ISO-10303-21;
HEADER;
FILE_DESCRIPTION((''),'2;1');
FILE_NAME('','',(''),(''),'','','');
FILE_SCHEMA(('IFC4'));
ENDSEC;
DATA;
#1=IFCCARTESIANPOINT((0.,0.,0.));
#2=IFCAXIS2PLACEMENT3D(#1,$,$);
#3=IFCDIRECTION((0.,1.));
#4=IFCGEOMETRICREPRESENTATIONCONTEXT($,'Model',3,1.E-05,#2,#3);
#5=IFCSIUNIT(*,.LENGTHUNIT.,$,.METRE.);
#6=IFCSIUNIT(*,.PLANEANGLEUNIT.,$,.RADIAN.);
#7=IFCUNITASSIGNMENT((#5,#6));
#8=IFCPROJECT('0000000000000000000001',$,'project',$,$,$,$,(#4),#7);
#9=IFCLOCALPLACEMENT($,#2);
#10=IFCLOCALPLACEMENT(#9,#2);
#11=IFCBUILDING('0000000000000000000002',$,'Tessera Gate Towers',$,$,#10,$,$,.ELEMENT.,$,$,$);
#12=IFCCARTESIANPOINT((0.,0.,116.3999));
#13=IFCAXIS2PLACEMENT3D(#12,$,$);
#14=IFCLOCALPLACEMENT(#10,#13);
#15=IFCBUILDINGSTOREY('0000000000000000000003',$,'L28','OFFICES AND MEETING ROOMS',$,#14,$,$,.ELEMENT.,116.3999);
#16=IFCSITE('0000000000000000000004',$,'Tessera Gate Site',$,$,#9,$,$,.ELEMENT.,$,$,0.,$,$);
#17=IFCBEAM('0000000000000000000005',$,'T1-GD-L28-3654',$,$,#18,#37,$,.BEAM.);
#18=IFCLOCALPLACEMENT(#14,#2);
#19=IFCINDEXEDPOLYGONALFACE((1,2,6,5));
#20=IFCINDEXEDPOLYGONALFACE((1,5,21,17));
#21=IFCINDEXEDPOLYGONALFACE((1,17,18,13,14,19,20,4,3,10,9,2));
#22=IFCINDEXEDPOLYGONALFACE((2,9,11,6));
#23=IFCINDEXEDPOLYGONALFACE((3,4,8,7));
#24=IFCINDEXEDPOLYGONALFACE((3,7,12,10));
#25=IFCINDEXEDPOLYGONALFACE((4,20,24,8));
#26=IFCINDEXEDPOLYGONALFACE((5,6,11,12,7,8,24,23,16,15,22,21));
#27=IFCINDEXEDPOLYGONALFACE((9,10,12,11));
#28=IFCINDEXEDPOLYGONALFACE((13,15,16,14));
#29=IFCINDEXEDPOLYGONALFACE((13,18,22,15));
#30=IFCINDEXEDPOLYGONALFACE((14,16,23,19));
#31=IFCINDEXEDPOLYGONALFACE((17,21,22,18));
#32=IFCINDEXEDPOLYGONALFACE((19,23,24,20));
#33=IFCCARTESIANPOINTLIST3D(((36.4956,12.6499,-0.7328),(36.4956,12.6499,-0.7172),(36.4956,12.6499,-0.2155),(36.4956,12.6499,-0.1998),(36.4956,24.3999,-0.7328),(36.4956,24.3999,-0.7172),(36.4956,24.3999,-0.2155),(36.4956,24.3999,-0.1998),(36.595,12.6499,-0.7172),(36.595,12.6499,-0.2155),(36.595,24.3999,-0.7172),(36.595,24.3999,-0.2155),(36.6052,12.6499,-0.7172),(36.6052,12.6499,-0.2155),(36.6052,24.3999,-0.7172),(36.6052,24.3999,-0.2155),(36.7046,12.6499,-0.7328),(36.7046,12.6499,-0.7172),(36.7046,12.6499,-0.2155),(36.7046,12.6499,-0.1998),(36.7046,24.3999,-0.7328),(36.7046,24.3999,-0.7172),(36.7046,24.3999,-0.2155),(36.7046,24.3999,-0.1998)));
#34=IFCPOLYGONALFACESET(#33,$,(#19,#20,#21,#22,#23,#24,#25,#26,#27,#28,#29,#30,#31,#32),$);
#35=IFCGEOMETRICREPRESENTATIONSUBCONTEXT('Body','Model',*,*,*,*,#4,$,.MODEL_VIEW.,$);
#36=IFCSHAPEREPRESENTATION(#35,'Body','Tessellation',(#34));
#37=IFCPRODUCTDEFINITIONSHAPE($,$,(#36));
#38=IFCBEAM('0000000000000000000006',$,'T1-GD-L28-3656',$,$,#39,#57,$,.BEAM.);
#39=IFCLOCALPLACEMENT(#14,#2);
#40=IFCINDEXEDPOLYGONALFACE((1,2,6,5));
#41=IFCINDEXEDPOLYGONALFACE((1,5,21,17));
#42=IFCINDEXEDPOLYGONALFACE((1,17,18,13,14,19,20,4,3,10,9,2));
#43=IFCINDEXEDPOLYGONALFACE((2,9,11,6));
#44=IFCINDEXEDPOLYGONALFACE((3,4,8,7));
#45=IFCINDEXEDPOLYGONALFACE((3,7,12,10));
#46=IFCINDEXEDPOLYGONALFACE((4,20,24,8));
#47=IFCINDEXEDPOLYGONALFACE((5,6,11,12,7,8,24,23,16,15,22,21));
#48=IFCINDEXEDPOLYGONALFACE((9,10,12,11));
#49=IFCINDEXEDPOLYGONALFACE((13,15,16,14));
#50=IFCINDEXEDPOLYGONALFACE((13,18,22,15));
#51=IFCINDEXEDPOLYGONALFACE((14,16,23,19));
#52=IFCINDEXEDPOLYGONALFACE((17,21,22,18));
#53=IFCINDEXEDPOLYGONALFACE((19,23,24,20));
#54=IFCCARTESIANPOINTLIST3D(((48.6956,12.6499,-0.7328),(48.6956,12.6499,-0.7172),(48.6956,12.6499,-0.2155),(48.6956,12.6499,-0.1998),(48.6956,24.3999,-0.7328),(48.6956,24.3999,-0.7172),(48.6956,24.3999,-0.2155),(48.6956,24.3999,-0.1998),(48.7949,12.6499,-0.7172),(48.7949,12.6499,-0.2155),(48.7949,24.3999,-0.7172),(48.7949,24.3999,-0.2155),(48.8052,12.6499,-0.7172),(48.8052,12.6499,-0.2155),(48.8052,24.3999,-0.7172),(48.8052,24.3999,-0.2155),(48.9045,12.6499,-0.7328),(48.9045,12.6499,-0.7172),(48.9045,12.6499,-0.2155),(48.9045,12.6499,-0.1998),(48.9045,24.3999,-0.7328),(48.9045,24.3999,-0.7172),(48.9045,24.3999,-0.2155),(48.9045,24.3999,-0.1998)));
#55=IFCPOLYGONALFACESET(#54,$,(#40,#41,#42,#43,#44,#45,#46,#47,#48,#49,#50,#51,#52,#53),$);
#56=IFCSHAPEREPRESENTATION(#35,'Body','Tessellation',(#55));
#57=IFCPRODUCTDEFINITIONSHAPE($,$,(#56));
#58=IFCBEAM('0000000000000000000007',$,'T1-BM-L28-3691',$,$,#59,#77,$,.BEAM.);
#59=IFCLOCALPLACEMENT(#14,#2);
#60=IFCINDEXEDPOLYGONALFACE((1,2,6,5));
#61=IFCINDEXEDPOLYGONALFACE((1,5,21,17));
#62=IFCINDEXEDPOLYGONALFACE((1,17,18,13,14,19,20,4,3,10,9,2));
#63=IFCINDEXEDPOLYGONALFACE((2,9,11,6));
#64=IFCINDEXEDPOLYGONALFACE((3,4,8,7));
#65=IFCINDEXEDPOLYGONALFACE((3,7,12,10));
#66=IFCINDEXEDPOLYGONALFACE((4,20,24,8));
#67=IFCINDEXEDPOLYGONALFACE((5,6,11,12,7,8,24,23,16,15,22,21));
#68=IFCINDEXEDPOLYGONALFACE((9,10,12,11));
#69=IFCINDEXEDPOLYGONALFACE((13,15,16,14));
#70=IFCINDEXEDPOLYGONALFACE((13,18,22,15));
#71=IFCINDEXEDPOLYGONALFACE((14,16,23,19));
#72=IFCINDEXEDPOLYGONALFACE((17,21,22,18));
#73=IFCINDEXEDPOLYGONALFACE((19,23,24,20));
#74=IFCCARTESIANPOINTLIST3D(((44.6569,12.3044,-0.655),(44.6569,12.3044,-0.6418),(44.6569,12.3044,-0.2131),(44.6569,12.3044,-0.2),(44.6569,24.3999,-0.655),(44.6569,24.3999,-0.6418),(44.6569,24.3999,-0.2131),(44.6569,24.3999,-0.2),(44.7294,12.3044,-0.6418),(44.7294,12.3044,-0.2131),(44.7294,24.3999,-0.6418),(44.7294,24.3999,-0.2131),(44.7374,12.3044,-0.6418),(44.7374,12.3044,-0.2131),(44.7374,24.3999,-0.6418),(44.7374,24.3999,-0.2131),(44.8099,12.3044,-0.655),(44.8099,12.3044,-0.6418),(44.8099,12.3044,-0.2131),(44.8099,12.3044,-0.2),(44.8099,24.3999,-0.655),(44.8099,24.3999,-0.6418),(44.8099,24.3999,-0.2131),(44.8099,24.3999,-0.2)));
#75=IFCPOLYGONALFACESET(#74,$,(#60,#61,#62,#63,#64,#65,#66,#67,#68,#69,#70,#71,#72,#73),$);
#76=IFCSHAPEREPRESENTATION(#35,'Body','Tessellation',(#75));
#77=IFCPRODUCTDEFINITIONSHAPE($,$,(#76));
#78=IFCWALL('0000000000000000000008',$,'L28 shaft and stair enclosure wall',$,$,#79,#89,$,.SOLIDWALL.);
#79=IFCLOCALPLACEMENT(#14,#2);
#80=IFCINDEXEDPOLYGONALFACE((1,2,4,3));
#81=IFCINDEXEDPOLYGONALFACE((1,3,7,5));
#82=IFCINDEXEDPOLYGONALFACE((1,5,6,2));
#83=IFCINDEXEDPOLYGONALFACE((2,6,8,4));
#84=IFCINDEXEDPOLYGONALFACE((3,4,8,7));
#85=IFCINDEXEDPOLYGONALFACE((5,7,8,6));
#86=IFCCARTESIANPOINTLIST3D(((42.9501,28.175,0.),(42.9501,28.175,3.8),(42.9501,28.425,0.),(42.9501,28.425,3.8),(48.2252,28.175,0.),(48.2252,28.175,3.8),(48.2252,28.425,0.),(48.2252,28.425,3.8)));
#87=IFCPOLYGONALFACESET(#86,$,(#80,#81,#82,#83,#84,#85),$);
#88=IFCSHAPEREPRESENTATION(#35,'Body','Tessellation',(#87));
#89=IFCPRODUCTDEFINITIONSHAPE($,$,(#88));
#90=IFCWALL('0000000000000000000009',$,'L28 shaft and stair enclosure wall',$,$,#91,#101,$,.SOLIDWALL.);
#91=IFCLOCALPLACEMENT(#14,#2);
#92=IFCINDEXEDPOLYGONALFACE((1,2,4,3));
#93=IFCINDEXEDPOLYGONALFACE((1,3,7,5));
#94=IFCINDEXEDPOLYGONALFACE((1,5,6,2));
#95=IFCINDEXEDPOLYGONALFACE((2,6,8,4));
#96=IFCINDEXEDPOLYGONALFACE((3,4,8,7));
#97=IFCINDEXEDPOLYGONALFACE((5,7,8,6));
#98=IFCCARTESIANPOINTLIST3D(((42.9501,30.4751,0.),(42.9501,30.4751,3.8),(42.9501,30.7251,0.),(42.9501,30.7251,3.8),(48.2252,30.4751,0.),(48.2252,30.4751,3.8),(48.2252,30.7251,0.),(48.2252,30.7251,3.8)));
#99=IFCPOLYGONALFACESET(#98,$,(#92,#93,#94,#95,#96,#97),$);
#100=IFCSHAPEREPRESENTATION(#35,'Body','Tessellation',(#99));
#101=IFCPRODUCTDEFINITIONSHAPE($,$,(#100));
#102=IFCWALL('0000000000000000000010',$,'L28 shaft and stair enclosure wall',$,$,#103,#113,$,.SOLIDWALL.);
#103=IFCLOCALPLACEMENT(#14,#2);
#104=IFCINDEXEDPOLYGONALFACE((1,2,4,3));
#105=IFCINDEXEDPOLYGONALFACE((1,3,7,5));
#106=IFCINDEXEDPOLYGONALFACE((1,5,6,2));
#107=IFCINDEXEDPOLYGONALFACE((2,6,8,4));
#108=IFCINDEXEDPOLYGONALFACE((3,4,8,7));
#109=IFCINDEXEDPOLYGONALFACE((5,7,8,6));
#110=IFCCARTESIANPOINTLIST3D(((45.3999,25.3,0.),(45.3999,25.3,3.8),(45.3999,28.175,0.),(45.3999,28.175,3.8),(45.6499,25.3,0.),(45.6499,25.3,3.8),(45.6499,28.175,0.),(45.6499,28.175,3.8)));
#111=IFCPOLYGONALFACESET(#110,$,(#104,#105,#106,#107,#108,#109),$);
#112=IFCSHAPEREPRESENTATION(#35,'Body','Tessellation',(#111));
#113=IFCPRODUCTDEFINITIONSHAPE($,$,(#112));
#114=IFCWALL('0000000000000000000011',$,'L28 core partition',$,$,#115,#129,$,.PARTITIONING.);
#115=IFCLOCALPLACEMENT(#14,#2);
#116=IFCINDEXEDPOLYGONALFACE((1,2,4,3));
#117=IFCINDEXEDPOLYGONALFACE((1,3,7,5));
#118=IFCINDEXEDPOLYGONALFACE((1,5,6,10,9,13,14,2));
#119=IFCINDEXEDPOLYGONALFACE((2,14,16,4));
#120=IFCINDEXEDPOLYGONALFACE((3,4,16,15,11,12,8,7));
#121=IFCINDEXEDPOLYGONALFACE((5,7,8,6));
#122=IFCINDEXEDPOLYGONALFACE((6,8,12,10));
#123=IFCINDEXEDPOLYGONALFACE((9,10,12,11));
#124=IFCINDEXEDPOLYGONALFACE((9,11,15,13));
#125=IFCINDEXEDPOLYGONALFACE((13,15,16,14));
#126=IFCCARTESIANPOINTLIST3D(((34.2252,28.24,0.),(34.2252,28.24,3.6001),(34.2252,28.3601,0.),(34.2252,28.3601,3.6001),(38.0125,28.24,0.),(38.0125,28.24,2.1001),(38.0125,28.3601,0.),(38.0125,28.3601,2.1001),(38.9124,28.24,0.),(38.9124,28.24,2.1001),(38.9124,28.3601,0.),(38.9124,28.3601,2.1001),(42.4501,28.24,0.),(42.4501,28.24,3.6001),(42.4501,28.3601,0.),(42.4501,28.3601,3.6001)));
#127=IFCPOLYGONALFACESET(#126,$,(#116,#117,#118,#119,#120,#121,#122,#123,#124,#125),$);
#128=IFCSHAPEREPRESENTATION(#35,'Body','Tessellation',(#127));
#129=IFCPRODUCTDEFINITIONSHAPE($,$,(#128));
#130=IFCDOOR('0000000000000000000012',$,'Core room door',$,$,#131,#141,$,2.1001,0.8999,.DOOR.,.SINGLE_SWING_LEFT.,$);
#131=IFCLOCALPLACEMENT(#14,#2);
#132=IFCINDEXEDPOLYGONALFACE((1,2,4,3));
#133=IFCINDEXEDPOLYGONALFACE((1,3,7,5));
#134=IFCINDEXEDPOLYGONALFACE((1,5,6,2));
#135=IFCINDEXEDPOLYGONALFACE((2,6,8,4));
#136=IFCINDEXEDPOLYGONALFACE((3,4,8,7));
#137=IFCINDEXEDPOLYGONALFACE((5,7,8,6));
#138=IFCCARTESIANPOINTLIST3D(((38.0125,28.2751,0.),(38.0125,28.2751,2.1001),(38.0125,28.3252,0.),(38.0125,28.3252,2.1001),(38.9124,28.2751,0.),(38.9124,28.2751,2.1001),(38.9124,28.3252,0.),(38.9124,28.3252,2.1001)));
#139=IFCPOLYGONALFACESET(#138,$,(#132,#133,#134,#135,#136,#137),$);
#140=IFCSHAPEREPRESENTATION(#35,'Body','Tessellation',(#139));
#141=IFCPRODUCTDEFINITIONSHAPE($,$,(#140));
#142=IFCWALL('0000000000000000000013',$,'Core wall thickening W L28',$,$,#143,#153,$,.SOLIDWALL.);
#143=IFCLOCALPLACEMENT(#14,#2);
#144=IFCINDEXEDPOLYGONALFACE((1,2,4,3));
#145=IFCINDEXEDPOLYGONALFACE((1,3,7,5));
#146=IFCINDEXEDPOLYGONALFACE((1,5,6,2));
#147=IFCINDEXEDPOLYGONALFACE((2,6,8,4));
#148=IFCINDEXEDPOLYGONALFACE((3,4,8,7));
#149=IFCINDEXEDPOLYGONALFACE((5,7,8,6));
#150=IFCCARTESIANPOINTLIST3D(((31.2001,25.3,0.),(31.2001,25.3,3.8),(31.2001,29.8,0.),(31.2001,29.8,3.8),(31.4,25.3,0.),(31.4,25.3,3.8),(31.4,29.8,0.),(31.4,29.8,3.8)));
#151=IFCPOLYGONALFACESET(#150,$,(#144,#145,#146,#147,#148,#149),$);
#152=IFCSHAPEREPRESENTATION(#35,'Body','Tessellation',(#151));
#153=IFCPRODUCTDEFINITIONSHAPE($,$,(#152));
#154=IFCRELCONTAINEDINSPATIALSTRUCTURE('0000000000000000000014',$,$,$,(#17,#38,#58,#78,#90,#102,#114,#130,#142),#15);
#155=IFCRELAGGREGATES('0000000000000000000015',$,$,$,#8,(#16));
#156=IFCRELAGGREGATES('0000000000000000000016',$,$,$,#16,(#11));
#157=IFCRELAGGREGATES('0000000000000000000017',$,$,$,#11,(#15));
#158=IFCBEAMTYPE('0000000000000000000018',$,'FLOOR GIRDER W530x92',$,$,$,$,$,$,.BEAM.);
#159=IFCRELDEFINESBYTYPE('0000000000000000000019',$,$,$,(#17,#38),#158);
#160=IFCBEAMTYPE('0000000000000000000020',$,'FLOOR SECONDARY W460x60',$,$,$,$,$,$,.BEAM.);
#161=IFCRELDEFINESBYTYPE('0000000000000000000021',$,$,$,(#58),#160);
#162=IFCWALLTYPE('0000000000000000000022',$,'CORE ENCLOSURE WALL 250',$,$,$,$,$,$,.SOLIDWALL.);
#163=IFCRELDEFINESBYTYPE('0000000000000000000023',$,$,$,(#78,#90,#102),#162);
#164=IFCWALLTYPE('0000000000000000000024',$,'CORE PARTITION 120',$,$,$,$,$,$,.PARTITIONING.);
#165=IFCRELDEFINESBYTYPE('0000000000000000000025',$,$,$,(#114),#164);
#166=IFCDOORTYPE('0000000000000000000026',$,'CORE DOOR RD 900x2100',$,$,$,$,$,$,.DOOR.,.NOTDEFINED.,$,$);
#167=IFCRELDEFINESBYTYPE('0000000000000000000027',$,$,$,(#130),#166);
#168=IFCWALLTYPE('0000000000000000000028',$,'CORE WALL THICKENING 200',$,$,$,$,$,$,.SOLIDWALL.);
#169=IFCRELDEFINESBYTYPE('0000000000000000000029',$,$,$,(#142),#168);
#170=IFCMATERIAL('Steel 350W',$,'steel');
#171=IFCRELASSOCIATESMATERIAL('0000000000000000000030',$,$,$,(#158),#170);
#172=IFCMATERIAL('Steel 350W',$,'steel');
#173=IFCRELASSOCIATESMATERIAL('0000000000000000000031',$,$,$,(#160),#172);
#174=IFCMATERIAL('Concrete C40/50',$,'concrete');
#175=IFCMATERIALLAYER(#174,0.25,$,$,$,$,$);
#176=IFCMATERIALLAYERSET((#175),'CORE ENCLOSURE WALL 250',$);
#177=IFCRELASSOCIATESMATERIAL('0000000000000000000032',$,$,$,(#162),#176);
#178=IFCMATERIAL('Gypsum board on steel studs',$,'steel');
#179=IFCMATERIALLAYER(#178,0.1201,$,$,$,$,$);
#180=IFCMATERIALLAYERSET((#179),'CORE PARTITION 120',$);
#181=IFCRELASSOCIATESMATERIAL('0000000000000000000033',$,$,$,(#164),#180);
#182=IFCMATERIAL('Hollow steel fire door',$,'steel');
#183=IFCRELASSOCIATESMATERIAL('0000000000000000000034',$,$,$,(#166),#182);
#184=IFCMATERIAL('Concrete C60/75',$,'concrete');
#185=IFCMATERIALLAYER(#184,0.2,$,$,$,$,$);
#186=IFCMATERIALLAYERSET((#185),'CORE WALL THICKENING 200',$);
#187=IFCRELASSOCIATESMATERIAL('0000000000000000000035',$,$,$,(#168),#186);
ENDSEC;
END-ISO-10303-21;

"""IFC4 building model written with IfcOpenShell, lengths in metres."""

from ifc_helpers import new_model, si_unit, direction, frame, frame_2d, origin, origin_2d, place, context, subcontext, project, spatial, rectangle, i_section, extrude, source, transform, mapped, material, layer, layer_set, material_profile, profile_set, type_object, element, fill, save


model = new_model("IFC4")

# Units and contexts
model_context = context("Model", 3, precision=1e-05, world=origin(), true_north=direction((0.0, 1.0)))
body_context = subcontext(model_context, "Body", "Model", "MODEL_VIEW")
ifc_project = project(units=[si_unit("LENGTHUNIT", "METRE"), si_unit("PLANEANGLEUNIT", "RADIAN")], contexts=[model_context])

# Site, building, storey
site_placement = place(None, origin())
site = spatial("IfcSite", under=ifc_project, at=site_placement, Name="Tessera Gate Site", CompositionType="ELEMENT", RefElevation=0.0)
building_placement = place(site_placement, origin())
building = spatial("IfcBuilding", under=site, at=building_placement, Name="Tessera Gate Towers", CompositionType="ELEMENT")
storey_placement = place(building_placement, frame((0.0, 0.0, 116.3999)))
storey = spatial("IfcBuildingStorey", under=building, at=storey_placement, Name="L28", Description="OFFICES AND MEETING ROOMS", CompositionType="ELEMENT", Elevation=116.3999)

# Beams
ifc_material_1 = material(Name="Steel 350W", Category="steel")
ifc_material_profile_1 = material_profile(ifc_material_1, i_section(OverallWidth=0.209, OverallDepth=0.533, WebThickness=0.0103, FlangeThickness=0.0156, at=origin_2d()), Name="W530x92")
ifc_profile_set_1 = profile_set([ifc_material_profile_1], Name="Steel 350W")
beam_type_1 = type_object("IfcBeamType", Name="FLOOR GIRDER W530x92", PredefinedType="BEAM", material=ifc_profile_set_1)
for number, where, z_axis, x_axis, name in (
    (1, (36.6001, 12.6499, -0.4663), (0.0, 1.0, 0.0), (-1.0, 0.0, 0.0), "T1-GD-L28-3654"),
    (2, (48.8, 12.6499, -0.4663), (0.0, 1.0, 0.0), (-1.0, 0.0, 0.0), "T1-GD-L28-3656"),
):
    element("IfcBeam", number, at=place(storey_placement, frame(where, z_axis=z_axis, x_axis=x_axis)), inside=storey, type_object=beam_type_1, Name=name, PredefinedType="BEAM", context=body_context, shape_type="SweptSolid", body=[
        extrude(i_section(OverallWidth=0.209, OverallDepth=0.533, WebThickness=0.0103, FlangeThickness=0.0156, at=origin_2d()), origin(), (0.0, 0.0, 1.0), 11.75),
    ])
ifc_material_2 = material(Name="Steel 350W", Category="steel")
ifc_material_profile_2 = material_profile(ifc_material_2, i_section(OverallWidth=0.1531, OverallDepth=0.4551, WebThickness=0.0081, FlangeThickness=0.0132, at=origin_2d()), Name="W460x60")
ifc_profile_set_2 = profile_set([ifc_material_profile_2], Name="Steel 350W")
beam_type_2 = type_object("IfcBeamType", Name="FLOOR SECONDARY W460x60", PredefinedType="BEAM", material=ifc_profile_set_2)
beam_placement = place(storey_placement, frame((44.7334, 12.3044, -0.4275), z_axis=(0.0, 1.0, 0.0), x_axis=(-1.0, 0.0, 0.0)))
element("IfcBeam", 3, at=beam_placement, inside=storey, type_object=beam_type_2, Name="T1-BM-L28-3691", PredefinedType="BEAM", context=body_context, shape_type="SweptSolid", body=[
    extrude(i_section(OverallWidth=0.1531, OverallDepth=0.4551, WebThickness=0.0081, FlangeThickness=0.0132, at=origin_2d()), origin(), (0.0, 0.0, 1.0), 12.0955),
])

# Walls
ifc_material_3 = material(Name="Concrete C40/50", Category="concrete")
ifc_layer_1 = layer(ifc_material_3, 0.25)
ifc_layer_set_1 = layer_set([ifc_layer_1], Name="CORE ENCLOSURE WALL 250")
wall_type_1 = type_object("IfcWallType", Name="CORE ENCLOSURE WALL 250", PredefinedType="SOLIDWALL", material=ifc_layer_set_1)
for number, where, z_axis, x_axis, name in (
    (4, (42.95, 28.3, 0.0), (0.0, 0.0, 1.0), (1.0, 0.0, 0.0), "L28 shaft and stair enclosure wall"),
    (5, (42.95, 30.6001, 0.0), (0.0, 0.0, 1.0), (1.0, 0.0, 0.0), "L28 shaft and stair enclosure wall"),
):
    element("IfcWall", number, at=place(storey_placement, frame(where, z_axis=z_axis, x_axis=x_axis)), inside=storey, type_object=wall_type_1, Name=name, PredefinedType="SOLIDWALL", context=body_context, shape_type="SweptSolid", body=[
        extrude(rectangle(XDim=5.2751, YDim=0.25, at=frame_2d((2.6377, 0.0))), origin(), (0.0, 0.0, 1.0), 3.8),
    ])
wall_1_placement = place(storey_placement, frame((45.5249, 25.3, 0.0), z_axis=(0.0, 0.0, 1.0), x_axis=(0.0, 1.0, 0.0)))
element("IfcWall", 6, at=wall_1_placement, inside=storey, type_object=wall_type_1, Name="L28 shaft and stair enclosure wall", PredefinedType="SOLIDWALL", context=body_context, shape_type="SweptSolid", body=[
    extrude(rectangle(XDim=2.875, YDim=0.25, at=frame_2d((1.4375, 0.0))), origin(), (0.0, 0.0, 1.0), 3.8),
])

# Wall, opening, door
ifc_material_4 = material(Name="Gypsum board on steel studs", Category="steel")
ifc_layer_2 = layer(ifc_material_4, 0.1201)
ifc_layer_set_2 = layer_set([ifc_layer_2], Name="CORE PARTITION 120")
wall_type_2 = type_object("IfcWallType", Name="CORE PARTITION 120", PredefinedType="PARTITIONING", material=ifc_layer_set_2)
wall_2_placement = place(storey_placement, frame((42.45, 28.3, 0.0), z_axis=(0.0, 0.0, 1.0), x_axis=(-1.0, 0.0, 0.0)))
wall_2 = element("IfcWall", 7, at=wall_2_placement, inside=storey, type_object=wall_type_2, Name="L28 core partition", PredefinedType="PARTITIONING", context=body_context, shape_type="SweptSolid", body=[
    extrude(rectangle(XDim=8.2249, YDim=0.1201, at=frame_2d((4.1123, 0.0))), origin(), (0.0, 0.0, 1.0), 3.6001),
])
shared_shape_1 = source(origin(), body_context, "Body", "SweptSolid", [
    extrude(rectangle(XDim=0.8999, YDim=2.1001, at=frame_2d((0.45, 1.05))), frame((0.0, 0.0701, 0.0), z_axis=(0.0, -1.0, 0.0), x_axis=(1.0, 0.0, 0.0)), (0.0, 0.0, 1.0), 0.1401),
])
opening_1_placement = place(wall_2_placement, frame((3.5376, 0.0, 0.0)))
opening_1 = element("IfcOpeningElement", 8, at=opening_1_placement, cuts=wall_2, PredefinedType="OPENING", context=body_context, shape_type="MappedRepresentation", body=[
    mapped(shared_shape_1, transform((0.0, 0.0, 0.0), scale=1.0)),
])
ifc_material_5 = material(Name="Hollow steel fire door", Category="steel")
door_type_1 = type_object("IfcDoorType", Name="CORE DOOR RD 900x2100", OperationType="NOTDEFINED", PredefinedType="DOOR", material=ifc_material_5)
shared_shape_2 = source(origin(), body_context, "Body", "SweptSolid", [
    extrude(rectangle(XDim=0.8999, YDim=2.1001, at=frame_2d((0.45, 1.05))), frame((0.0, 0.0249, 0.0), z_axis=(0.0, -1.0, 0.0), x_axis=(1.0, 0.0, 0.0)), (0.0, 0.0, 1.0), 0.05),
])
door_1_placement = place(opening_1_placement, origin())
door_1 = element("IfcDoor", 9, at=door_1_placement, inside=storey, type_object=door_type_1, Name="Core room door", OperationType="SINGLE_SWING_LEFT", OverallHeight=2.1001, OverallWidth=0.8999, PredefinedType="DOOR", context=body_context, shape_type="MappedRepresentation", body=[
    mapped(shared_shape_2, transform((0.0, 0.0, 0.0), scale=1.0)),
])
fill(opening_1, door_1)

# Wall
ifc_material_6 = material(Name="Concrete C60/75", Category="concrete")
ifc_layer_3 = layer(ifc_material_6, 0.2)
ifc_layer_set_3 = layer_set([ifc_layer_3], Name="CORE WALL THICKENING 200")
wall_type_3 = type_object("IfcWallType", Name="CORE WALL THICKENING 200", PredefinedType="SOLIDWALL", material=ifc_layer_set_3)
wall_3_placement = place(storey_placement, frame((31.3, 25.3, 0.0), z_axis=(0.0, 0.0, 1.0), x_axis=(0.0, 1.0, 0.0)))
element("IfcWall", 10, at=wall_3_placement, inside=storey, type_object=wall_type_3, Name="Core wall thickening W L28", PredefinedType="SOLIDWALL", context=body_context, shape_type="SweptSolid", body=[
    extrude(rectangle(XDim=4.5, YDim=0.2, at=frame_2d((2.25, 0.0))), origin(), (0.0, 0.0, 1.0), 3.8),
])

save(model, "model.ifc")
